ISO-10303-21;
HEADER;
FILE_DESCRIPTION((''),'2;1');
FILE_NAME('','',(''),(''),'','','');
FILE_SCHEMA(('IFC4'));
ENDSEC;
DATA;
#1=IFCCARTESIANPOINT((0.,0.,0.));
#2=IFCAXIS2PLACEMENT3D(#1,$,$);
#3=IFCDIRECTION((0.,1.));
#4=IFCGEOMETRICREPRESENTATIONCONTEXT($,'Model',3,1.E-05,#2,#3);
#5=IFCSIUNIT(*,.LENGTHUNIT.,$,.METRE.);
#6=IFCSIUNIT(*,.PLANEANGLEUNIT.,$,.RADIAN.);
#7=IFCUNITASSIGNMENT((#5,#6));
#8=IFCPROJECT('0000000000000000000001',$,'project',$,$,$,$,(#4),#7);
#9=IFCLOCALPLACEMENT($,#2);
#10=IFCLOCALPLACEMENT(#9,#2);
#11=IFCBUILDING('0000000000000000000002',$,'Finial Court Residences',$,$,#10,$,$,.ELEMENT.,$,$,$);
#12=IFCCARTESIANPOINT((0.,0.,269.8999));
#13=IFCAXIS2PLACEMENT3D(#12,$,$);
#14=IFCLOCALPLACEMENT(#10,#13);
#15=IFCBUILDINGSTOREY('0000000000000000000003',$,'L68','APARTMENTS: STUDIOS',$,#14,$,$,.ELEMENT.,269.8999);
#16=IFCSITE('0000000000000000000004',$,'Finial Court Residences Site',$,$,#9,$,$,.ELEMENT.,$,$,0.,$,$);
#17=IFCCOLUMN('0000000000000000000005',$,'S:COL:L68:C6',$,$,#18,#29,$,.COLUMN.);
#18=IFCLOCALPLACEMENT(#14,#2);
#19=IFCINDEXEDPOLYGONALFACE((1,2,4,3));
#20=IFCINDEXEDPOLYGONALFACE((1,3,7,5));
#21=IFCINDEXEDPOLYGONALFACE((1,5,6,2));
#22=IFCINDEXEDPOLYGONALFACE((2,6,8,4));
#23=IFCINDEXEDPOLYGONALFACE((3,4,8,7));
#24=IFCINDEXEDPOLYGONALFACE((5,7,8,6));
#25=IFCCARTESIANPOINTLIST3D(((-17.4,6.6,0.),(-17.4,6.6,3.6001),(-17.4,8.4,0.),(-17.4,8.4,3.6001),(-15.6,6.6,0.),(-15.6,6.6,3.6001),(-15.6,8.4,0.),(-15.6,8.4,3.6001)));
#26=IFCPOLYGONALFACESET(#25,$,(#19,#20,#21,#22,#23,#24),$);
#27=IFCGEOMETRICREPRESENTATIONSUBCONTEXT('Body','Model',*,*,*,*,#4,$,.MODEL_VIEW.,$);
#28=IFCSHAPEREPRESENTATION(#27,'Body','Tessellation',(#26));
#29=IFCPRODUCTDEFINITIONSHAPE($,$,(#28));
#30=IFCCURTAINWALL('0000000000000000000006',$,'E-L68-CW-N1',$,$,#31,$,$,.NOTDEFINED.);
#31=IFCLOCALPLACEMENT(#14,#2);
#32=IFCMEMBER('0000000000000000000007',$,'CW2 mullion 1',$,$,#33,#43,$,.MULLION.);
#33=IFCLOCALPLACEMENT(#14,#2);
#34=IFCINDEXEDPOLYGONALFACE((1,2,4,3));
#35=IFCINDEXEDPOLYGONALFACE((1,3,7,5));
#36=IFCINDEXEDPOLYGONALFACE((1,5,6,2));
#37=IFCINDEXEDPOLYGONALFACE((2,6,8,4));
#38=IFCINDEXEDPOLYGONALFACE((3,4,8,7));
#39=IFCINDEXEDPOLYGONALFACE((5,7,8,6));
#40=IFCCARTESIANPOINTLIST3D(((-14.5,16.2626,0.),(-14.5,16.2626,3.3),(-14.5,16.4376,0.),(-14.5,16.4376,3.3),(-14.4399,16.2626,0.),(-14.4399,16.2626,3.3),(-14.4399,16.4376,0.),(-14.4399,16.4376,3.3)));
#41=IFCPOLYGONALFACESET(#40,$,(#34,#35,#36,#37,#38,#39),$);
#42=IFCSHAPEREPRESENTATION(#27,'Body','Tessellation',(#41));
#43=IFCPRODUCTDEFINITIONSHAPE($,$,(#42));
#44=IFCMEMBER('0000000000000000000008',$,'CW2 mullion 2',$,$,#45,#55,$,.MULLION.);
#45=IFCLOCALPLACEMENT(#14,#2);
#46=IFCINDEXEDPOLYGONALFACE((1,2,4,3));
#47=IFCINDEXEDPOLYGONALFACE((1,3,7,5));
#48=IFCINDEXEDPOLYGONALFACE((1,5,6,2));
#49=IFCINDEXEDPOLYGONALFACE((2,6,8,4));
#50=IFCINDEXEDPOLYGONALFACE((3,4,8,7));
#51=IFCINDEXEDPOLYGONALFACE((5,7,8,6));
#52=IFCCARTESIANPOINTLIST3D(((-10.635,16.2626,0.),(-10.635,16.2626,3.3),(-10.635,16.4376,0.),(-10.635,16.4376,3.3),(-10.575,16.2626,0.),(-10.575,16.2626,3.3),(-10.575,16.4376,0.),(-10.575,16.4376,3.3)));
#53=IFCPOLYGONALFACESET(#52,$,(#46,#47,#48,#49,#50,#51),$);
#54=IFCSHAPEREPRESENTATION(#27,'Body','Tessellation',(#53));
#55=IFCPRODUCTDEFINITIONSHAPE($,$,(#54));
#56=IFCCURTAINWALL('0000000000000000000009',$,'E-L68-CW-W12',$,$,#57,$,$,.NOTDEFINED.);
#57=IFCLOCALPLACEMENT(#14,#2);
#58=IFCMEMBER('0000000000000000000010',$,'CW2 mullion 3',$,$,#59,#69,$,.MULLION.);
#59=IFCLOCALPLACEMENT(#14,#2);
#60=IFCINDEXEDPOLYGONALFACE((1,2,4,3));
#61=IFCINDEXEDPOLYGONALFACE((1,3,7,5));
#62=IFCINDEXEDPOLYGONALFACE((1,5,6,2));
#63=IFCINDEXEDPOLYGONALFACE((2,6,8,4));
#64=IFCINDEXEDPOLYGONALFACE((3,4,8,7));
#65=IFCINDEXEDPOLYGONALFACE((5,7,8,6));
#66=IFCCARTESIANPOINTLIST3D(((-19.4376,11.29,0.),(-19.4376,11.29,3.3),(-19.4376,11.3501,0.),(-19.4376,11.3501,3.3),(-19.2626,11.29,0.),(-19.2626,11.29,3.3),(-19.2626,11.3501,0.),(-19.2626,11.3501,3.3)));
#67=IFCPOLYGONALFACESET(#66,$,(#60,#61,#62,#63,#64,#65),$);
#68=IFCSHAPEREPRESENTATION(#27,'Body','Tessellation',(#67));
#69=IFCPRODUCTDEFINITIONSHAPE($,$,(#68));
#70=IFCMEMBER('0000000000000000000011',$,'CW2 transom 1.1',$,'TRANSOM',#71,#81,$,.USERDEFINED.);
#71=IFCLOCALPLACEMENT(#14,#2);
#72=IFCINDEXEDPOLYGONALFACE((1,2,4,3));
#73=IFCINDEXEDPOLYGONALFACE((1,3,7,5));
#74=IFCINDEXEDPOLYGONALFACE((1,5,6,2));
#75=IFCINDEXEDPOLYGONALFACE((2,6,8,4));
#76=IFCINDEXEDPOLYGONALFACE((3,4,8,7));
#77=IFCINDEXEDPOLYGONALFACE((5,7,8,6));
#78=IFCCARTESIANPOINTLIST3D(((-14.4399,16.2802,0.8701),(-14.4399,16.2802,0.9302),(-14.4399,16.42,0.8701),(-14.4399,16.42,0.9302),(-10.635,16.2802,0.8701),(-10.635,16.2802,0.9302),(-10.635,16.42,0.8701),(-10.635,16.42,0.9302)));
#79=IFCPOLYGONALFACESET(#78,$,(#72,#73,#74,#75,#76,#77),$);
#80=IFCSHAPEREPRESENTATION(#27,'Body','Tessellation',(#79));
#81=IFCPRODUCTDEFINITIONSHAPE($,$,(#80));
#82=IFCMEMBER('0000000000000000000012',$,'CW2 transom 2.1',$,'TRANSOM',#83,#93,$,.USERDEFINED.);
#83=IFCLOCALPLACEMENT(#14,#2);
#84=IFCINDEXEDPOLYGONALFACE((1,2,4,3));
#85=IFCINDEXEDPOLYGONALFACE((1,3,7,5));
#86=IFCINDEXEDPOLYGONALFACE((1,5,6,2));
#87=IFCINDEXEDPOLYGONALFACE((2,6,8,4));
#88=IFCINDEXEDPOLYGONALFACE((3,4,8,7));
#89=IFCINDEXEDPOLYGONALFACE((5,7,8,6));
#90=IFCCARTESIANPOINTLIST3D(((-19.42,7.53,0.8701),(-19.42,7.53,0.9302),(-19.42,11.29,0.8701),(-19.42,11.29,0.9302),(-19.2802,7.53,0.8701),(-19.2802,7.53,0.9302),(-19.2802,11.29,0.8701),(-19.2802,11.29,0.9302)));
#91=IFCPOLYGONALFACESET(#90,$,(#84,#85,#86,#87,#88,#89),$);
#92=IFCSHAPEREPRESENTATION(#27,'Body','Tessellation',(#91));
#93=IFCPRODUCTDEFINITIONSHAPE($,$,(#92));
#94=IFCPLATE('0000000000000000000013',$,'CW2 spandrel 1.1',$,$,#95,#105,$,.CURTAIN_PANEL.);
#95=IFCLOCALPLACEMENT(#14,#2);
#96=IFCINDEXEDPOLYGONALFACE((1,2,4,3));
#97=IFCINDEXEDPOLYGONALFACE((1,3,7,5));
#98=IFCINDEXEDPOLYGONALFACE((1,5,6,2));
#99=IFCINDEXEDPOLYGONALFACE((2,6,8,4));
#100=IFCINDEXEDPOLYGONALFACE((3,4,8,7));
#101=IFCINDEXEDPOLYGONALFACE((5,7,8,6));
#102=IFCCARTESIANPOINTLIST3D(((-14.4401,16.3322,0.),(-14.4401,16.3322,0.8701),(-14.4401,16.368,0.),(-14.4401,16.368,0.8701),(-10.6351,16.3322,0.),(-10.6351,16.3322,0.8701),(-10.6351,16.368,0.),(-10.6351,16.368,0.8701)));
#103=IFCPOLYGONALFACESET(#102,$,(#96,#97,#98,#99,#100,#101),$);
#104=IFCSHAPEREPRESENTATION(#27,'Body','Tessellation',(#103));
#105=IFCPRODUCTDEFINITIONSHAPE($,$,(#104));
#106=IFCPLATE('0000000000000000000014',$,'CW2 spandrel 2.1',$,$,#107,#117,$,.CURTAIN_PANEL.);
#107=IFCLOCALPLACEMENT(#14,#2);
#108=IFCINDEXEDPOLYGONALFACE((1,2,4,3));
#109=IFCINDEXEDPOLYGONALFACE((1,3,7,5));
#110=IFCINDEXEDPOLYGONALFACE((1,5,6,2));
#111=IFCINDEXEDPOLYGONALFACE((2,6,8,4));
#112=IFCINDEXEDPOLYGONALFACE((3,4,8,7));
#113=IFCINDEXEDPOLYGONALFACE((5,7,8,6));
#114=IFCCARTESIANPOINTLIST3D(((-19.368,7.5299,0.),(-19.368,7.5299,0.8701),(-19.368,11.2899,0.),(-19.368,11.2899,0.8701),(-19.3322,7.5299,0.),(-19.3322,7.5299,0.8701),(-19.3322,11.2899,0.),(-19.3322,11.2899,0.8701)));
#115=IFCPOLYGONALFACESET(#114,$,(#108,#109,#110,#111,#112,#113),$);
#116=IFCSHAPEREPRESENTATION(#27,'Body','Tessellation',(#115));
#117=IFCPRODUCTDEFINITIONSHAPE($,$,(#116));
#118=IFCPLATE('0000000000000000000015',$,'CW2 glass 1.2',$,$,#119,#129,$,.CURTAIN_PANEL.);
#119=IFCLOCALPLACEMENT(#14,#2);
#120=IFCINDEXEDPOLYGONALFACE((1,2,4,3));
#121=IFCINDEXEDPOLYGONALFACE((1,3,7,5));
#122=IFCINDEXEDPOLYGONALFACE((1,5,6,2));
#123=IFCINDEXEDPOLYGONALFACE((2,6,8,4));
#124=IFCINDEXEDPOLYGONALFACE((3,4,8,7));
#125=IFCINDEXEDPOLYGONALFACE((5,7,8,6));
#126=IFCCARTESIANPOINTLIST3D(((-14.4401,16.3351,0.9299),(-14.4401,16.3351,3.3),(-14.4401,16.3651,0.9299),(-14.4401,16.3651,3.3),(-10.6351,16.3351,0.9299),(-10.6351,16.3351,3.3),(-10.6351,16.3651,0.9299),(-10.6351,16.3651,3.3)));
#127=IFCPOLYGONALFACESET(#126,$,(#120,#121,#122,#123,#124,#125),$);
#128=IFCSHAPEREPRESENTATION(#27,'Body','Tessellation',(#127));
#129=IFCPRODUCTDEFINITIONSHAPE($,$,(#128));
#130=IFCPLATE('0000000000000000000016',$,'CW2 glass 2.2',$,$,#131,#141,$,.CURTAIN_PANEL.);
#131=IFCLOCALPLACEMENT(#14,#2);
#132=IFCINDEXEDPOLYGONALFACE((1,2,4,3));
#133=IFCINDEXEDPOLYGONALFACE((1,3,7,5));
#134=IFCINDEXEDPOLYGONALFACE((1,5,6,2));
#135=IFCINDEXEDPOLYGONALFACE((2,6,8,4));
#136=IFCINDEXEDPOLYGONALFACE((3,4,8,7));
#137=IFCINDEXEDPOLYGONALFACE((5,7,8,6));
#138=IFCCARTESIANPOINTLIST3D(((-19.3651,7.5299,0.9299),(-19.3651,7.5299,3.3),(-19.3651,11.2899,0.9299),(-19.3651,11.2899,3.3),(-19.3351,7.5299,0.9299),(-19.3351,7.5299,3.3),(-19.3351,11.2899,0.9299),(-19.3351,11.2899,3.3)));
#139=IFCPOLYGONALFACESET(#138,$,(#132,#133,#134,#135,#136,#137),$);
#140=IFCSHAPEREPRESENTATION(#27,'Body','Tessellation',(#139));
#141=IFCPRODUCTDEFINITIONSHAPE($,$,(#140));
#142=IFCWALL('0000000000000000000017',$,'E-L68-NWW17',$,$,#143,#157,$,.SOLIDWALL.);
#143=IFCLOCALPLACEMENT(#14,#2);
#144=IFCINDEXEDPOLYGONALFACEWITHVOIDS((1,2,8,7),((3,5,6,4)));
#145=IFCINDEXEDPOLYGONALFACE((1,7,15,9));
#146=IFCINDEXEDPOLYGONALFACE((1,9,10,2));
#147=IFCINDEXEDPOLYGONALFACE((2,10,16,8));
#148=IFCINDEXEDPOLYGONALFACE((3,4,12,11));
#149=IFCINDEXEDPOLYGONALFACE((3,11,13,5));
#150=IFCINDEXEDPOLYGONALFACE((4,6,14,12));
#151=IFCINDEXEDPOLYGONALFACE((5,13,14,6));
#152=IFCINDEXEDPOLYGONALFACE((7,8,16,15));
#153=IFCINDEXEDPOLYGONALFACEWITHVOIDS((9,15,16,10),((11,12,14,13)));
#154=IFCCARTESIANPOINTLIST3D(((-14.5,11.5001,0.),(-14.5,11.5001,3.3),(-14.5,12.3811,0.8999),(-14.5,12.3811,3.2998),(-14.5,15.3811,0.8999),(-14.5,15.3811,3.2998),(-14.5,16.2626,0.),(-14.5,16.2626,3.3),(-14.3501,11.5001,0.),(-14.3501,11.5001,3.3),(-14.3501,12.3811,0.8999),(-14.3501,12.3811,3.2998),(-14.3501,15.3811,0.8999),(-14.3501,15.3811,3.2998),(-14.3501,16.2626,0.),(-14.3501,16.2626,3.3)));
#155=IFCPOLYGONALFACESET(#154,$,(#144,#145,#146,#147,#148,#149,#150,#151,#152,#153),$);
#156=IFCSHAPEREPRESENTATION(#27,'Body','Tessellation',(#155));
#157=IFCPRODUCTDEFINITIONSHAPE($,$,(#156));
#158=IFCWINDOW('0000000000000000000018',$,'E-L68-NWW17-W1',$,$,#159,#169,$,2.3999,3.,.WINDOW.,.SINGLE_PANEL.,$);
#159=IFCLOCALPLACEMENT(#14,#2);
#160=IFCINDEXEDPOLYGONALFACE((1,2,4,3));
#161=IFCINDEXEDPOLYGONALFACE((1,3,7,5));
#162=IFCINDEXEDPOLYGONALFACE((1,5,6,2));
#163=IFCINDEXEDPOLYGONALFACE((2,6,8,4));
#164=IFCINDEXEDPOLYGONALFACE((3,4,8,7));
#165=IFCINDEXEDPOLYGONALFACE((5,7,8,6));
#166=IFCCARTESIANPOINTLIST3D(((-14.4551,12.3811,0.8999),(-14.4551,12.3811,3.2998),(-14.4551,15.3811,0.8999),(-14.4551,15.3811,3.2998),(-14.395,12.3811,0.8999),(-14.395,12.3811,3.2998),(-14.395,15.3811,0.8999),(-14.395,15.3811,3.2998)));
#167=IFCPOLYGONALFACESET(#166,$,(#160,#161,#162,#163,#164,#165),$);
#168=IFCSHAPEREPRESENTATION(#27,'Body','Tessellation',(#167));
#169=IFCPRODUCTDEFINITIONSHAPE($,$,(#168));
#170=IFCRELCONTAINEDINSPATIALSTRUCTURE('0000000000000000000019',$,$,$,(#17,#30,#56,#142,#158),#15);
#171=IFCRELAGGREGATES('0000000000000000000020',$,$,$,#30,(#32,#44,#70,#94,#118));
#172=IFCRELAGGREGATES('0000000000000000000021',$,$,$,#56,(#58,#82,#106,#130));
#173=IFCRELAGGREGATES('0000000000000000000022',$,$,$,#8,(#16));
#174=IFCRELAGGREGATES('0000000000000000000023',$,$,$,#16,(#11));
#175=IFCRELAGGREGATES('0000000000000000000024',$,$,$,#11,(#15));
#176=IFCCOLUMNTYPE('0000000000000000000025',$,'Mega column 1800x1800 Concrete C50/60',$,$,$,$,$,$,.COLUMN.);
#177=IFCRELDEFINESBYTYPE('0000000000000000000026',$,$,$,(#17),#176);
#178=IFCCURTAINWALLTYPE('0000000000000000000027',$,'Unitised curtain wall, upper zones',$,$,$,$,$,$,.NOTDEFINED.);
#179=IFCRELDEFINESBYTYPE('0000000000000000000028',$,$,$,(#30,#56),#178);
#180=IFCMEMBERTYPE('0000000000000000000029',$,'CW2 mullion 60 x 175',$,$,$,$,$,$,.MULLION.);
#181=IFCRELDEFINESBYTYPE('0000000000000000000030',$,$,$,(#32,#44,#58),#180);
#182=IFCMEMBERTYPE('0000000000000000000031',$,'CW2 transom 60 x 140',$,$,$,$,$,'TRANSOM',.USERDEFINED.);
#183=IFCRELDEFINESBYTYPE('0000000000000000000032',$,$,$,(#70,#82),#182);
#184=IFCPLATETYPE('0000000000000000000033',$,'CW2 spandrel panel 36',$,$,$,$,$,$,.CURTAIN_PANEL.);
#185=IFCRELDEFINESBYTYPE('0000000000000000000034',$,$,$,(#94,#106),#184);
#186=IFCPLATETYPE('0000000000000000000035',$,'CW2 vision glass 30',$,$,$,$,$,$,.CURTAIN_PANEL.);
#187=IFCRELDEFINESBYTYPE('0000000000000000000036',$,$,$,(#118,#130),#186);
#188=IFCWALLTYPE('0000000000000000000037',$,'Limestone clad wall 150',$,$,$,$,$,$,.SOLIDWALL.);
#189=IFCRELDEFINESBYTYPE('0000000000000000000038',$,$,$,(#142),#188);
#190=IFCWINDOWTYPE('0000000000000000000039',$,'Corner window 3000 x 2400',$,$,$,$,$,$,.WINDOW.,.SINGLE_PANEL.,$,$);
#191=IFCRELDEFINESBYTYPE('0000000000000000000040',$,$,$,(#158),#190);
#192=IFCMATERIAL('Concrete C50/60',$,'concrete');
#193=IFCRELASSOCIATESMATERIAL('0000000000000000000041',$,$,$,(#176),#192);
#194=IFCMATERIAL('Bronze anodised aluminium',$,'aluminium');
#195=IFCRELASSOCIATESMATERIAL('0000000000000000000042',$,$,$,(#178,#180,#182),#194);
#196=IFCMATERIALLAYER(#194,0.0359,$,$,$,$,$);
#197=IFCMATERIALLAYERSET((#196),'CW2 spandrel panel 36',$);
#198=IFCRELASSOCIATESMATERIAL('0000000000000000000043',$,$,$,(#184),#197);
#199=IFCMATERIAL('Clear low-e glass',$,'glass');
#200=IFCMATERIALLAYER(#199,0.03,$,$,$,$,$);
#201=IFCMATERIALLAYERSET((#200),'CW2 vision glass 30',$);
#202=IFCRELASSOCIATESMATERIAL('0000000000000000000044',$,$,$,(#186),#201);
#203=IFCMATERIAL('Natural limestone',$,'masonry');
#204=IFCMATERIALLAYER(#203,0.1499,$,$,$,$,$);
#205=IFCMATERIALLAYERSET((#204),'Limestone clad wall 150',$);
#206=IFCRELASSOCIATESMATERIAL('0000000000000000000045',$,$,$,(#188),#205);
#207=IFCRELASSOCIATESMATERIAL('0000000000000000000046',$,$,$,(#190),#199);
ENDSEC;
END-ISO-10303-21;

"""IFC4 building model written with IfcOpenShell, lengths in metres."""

from ifc_helpers import new_model, si_unit, direction, frame, frame_2d, origin, origin_2d, place, context, subcontext, project, spatial, rectangle, extrude, material, layer, layer_set, material_profile, profile_set, type_object, element, fill, aggregate, save


model = new_model("IFC4")

# Units and contexts
model_context = context("Model", 3, precision=1e-05, world=origin(), true_north=direction((0.0, 1.0)))
body_context = subcontext(model_context, "Body", "Model", "MODEL_VIEW")
ifc_project = project(units=[si_unit("LENGTHUNIT", "METRE"), si_unit("PLANEANGLEUNIT", "RADIAN")], contexts=[model_context])

# Site, building, storey
site_placement = place(None, origin())
site = spatial("IfcSite", under=ifc_project, at=site_placement, Name="Finial Court Residences Site", CompositionType="ELEMENT", RefElevation=0.0)
building_placement = place(site_placement, origin())
building = spatial("IfcBuilding", under=site, at=building_placement, Name="Finial Court Residences", CompositionType="ELEMENT")
storey_placement = place(building_placement, frame((0.0, 0.0, 269.8999)))
storey = spatial("IfcBuildingStorey", under=building, at=storey_placement, Name="L68", Description="APARTMENTS: STUDIOS", CompositionType="ELEMENT", Elevation=269.8999)

# Column
ifc_material_1 = material(Name="Concrete C50/60", Category="concrete")
ifc_material_profile_1 = material_profile(ifc_material_1, rectangle(XDim=1.8, YDim=1.8, at=origin_2d()), Name="1800x1800")
ifc_profile_set_1 = profile_set([ifc_material_profile_1], Name="Concrete C50/60")
column_type = type_object("IfcColumnType", Name="Mega column 1800x1800 Concrete C50/60", PredefinedType="COLUMN", material=ifc_profile_set_1)
column_placement = place(storey_placement, frame((-16.5, 7.5, 0.0), z_axis=(0.0, 0.0, 1.0), x_axis=(1.0, 0.0, 0.0)))
element("IfcColumn", 1, at=column_placement, inside=storey, type_object=column_type, Name="S:COL:L68:C6", PredefinedType="COLUMN", context=body_context, shape_type="SweptSolid", body=[
    extrude(rectangle(XDim=1.8, YDim=1.8, at=origin_2d()), origin(), (0.0, 0.0, 1.0), 3.6001),
])

# Curtain wall, members
ifc_material_2 = material(Name="Bronze anodised aluminium", Category="aluminium")
curtain_wall_type = type_object("IfcCurtainWallType", Name="Unitised curtain wall, upper zones", PredefinedType="NOTDEFINED", material=ifc_material_2)
curtain_wall_1_placement = place(storey_placement, origin())
curtain_wall_1 = element("IfcCurtainWall", 2, at=curtain_wall_1_placement, inside=storey, type_object=curtain_wall_type, Name="E-L68-CW-N1", PredefinedType="NOTDEFINED")
ifc_material_profile_2 = material_profile(ifc_material_2, rectangle(XDim=0.175, YDim=0.0601, at=origin_2d()), Name="CW2 mullion 60 x 175")
ifc_profile_set_2 = profile_set([ifc_material_profile_2], Name="Bronze anodised aluminium")
member_type_1 = type_object("IfcMemberType", Name="CW2 mullion 60 x 175", PredefinedType="MULLION", material=ifc_profile_set_2)
member_1_placement = place(storey_placement, frame((-14.47, 16.3501, 0.0), z_axis=(0.0, 0.0, 1.0), x_axis=(0.0, 1.0, 0.0)))
member_1 = element("IfcMember", 3, at=member_1_placement, type_object=member_type_1, Name="CW2 mullion 1", PredefinedType="MULLION", context=body_context, shape_type="SweptSolid", body=[
    extrude(rectangle(XDim=0.175, YDim=0.0601, at=origin_2d()), origin(), (0.0, 0.0, 1.0), 3.3),
])
member_2_placement = place(storey_placement, frame((-10.605, 16.3501, 0.0), z_axis=(0.0, 0.0, 1.0), x_axis=(0.0, 1.0, 0.0)))
member_2 = element("IfcMember", 4, at=member_2_placement, type_object=member_type_1, Name="CW2 mullion 2", PredefinedType="MULLION", context=body_context, shape_type="SweptSolid", body=[
    extrude(rectangle(XDim=0.175, YDim=0.0601, at=origin_2d()), origin(), (0.0, 0.0, 1.0), 3.3),
])

# Curtain wall, member
curtain_wall_2_placement = place(storey_placement, origin())
curtain_wall_2 = element("IfcCurtainWall", 5, at=curtain_wall_2_placement, inside=storey, type_object=curtain_wall_type, Name="E-L68-CW-W12", PredefinedType="NOTDEFINED")
member_3_placement = place(storey_placement, frame((-19.3501, 11.3201, 0.0), z_axis=(0.0, 0.0, 1.0), x_axis=(-1.0, 0.0, 0.0)))
member_3 = element("IfcMember", 6, at=member_3_placement, type_object=member_type_1, Name="CW2 mullion 3", PredefinedType="MULLION", context=body_context, shape_type="SweptSolid", body=[
    extrude(rectangle(XDim=0.175, YDim=0.0601, at=origin_2d()), origin(), (0.0, 0.0, 1.0), 3.3),
])

# Members
ifc_material_profile_3 = material_profile(ifc_material_2, rectangle(XDim=0.1399, YDim=0.0601, at=origin_2d()), Name="CW2 transom 60 x 140")
ifc_profile_set_3 = profile_set([ifc_material_profile_3], Name="Bronze anodised aluminium")
member_type_2 = type_object("IfcMemberType", Name="CW2 transom 60 x 140", ElementType="TRANSOM", PredefinedType="USERDEFINED", material=ifc_profile_set_3)
member_4_placement = place(storey_placement, frame((-14.4399, 16.3501, 0.9001), z_axis=(1.0, 0.0, 0.0), x_axis=(0.0, 1.0, 0.0)))
member_4 = element("IfcMember", 7, at=member_4_placement, type_object=member_type_2, Name="CW2 transom 1.1", ObjectType="TRANSOM", PredefinedType="USERDEFINED", context=body_context, shape_type="SweptSolid", body=[
    extrude(rectangle(XDim=0.1399, YDim=0.0601, at=origin_2d()), origin(), (0.0, 0.0, 1.0), 3.8049),
])
member_5_placement = place(storey_placement, frame((-19.3501, 7.53, 0.9001), z_axis=(0.0, 1.0, 0.0), x_axis=(-1.0, 0.0, 0.0)))
member_5 = element("IfcMember", 8, at=member_5_placement, type_object=member_type_2, Name="CW2 transom 2.1", ObjectType="TRANSOM", PredefinedType="USERDEFINED", context=body_context, shape_type="SweptSolid", body=[
    extrude(rectangle(XDim=0.1399, YDim=0.0601, at=origin_2d()), origin(), (0.0, 0.0, 1.0), 3.76),
])

# Plates
ifc_layer_1 = layer(ifc_material_2, 0.0359)
ifc_layer_set_1 = layer_set([ifc_layer_1], Name="CW2 spandrel panel 36")
plate_type_1 = type_object("IfcPlateType", Name="CW2 spandrel panel 36", PredefinedType="CURTAIN_PANEL", material=ifc_layer_set_1)
plate_1_placement = place(storey_placement, frame((-12.5376, 16.3501, 0.0), z_axis=(0.0, 0.0, 1.0), x_axis=(1.0, 0.0, 0.0)))
plate_1 = element("IfcPlate", 9, at=plate_1_placement, type_object=plate_type_1, Name="CW2 spandrel 1.1", PredefinedType="CURTAIN_PANEL", context=body_context, shape_type="SweptSolid", body=[
    extrude(rectangle(XDim=3.8049, YDim=0.0359, at=origin_2d()), origin(), (0.0, 0.0, 1.0), 0.8701),
])
plate_2_placement = place(storey_placement, frame((-19.3501, 9.4099, 0.0), z_axis=(0.0, 0.0, 1.0), x_axis=(0.0, 1.0, 0.0)))
plate_2 = element("IfcPlate", 10, at=plate_2_placement, type_object=plate_type_1, Name="CW2 spandrel 2.1", PredefinedType="CURTAIN_PANEL", context=body_context, shape_type="SweptSolid", body=[
    extrude(rectangle(XDim=3.76, YDim=0.0359, at=origin_2d()), origin(), (0.0, 0.0, 1.0), 0.8701),
])
ifc_material_3 = material(Name="Clear low-e glass", Category="glass")
ifc_layer_2 = layer(ifc_material_3, 0.03)
ifc_layer_set_2 = layer_set([ifc_layer_2], Name="CW2 vision glass 30")
plate_type_2 = type_object("IfcPlateType", Name="CW2 vision glass 30", PredefinedType="CURTAIN_PANEL", material=ifc_layer_set_2)
plate_3_placement = place(storey_placement, frame((-12.5376, 16.3501, 0.9299), z_axis=(0.0, 0.0, 1.0), x_axis=(1.0, 0.0, 0.0)))
plate_3 = element("IfcPlate", 11, at=plate_3_placement, type_object=plate_type_2, Name="CW2 glass 1.2", PredefinedType="CURTAIN_PANEL", context=body_context, shape_type="SweptSolid", body=[
    extrude(rectangle(XDim=3.8049, YDim=0.03, at=origin_2d()), origin(), (0.0, 0.0, 1.0), 2.3701),
])
aggregate(curtain_wall_1, [member_1, member_2, member_4, plate_1, plate_3])
plate_4_placement = place(storey_placement, frame((-19.3501, 9.4099, 0.9299), z_axis=(0.0, 0.0, 1.0), x_axis=(0.0, 1.0, 0.0)))
plate_4 = element("IfcPlate", 12, at=plate_4_placement, type_object=plate_type_2, Name="CW2 glass 2.2", PredefinedType="CURTAIN_PANEL", context=body_context, shape_type="SweptSolid", body=[
    extrude(rectangle(XDim=3.76, YDim=0.03, at=origin_2d()), origin(), (0.0, 0.0, 1.0), 2.3701),
])
aggregate(curtain_wall_2, [member_3, member_5, plate_2, plate_4])

# Wall, opening, window
ifc_material_4 = material(Name="Natural limestone", Category="masonry")
ifc_layer_3 = layer(ifc_material_4, 0.1499)
ifc_layer_set_3 = layer_set([ifc_layer_3], Name="Limestone clad wall 150")
wall_type = type_object("IfcWallType", Name="Limestone clad wall 150", PredefinedType="SOLIDWALL", material=ifc_layer_set_3)
wall_1_placement = place(storey_placement, frame((-14.425, 11.5, 0.0), z_axis=(0.0, 0.0, 1.0), x_axis=(0.0, 1.0, 0.0)))
wall_1 = element("IfcWall", 13, at=wall_1_placement, inside=storey, type_object=wall_type, Name="E-L68-NWW17", PredefinedType="SOLIDWALL", context=body_context, shape_type="SweptSolid", body=[
    extrude(rectangle(XDim=4.7625, YDim=0.1499, at=frame_2d((2.3813, 0.0))), origin(), (0.0, 0.0, 1.0), 3.3),
])
opening_1_placement = place(wall_1_placement, frame((0.8811, 0.0, 0.8999)))
opening_1 = element("IfcOpeningElement", 14, at=opening_1_placement, cuts=wall_1, PredefinedType="OPENING", context=body_context, shape_type="SweptSolid", body=[
    extrude(rectangle(XDim=3.0, YDim=2.3999, at=frame_2d((1.5, 1.2))), frame((0.0, 0.085, 0.0), z_axis=(0.0, -1.0, 0.0), x_axis=(1.0, 0.0, 0.0)), (0.0, 0.0, 1.0), 0.1699),
])
window_type_1 = type_object("IfcWindowType", Name="Corner window 3000 x 2400", PartitioningType="SINGLE_PANEL", PredefinedType="WINDOW", material=ifc_material_3)
window_1_placement = place(opening_1_placement, origin())
window_1 = element("IfcWindow", 15, at=window_1_placement, inside=storey, type_object=window_type_1, Name="E-L68-NWW17-W1", OverallHeight=2.3999, OverallWidth=3.0, PartitioningType="SINGLE_PANEL", PredefinedType="WINDOW", context=body_context, shape_type="SweptSolid", body=[
    extrude(rectangle(XDim=3.0, YDim=2.3999, at=frame_2d((1.5, 1.2))), frame((0.0, 0.03, 0.0), z_axis=(0.0, -1.0, 0.0), x_axis=(1.0, 0.0, 0.0)), (0.0, 0.0, 1.0), 0.0601),
])
fill(opening_1, window_1)

save(model, "model.ifc")
